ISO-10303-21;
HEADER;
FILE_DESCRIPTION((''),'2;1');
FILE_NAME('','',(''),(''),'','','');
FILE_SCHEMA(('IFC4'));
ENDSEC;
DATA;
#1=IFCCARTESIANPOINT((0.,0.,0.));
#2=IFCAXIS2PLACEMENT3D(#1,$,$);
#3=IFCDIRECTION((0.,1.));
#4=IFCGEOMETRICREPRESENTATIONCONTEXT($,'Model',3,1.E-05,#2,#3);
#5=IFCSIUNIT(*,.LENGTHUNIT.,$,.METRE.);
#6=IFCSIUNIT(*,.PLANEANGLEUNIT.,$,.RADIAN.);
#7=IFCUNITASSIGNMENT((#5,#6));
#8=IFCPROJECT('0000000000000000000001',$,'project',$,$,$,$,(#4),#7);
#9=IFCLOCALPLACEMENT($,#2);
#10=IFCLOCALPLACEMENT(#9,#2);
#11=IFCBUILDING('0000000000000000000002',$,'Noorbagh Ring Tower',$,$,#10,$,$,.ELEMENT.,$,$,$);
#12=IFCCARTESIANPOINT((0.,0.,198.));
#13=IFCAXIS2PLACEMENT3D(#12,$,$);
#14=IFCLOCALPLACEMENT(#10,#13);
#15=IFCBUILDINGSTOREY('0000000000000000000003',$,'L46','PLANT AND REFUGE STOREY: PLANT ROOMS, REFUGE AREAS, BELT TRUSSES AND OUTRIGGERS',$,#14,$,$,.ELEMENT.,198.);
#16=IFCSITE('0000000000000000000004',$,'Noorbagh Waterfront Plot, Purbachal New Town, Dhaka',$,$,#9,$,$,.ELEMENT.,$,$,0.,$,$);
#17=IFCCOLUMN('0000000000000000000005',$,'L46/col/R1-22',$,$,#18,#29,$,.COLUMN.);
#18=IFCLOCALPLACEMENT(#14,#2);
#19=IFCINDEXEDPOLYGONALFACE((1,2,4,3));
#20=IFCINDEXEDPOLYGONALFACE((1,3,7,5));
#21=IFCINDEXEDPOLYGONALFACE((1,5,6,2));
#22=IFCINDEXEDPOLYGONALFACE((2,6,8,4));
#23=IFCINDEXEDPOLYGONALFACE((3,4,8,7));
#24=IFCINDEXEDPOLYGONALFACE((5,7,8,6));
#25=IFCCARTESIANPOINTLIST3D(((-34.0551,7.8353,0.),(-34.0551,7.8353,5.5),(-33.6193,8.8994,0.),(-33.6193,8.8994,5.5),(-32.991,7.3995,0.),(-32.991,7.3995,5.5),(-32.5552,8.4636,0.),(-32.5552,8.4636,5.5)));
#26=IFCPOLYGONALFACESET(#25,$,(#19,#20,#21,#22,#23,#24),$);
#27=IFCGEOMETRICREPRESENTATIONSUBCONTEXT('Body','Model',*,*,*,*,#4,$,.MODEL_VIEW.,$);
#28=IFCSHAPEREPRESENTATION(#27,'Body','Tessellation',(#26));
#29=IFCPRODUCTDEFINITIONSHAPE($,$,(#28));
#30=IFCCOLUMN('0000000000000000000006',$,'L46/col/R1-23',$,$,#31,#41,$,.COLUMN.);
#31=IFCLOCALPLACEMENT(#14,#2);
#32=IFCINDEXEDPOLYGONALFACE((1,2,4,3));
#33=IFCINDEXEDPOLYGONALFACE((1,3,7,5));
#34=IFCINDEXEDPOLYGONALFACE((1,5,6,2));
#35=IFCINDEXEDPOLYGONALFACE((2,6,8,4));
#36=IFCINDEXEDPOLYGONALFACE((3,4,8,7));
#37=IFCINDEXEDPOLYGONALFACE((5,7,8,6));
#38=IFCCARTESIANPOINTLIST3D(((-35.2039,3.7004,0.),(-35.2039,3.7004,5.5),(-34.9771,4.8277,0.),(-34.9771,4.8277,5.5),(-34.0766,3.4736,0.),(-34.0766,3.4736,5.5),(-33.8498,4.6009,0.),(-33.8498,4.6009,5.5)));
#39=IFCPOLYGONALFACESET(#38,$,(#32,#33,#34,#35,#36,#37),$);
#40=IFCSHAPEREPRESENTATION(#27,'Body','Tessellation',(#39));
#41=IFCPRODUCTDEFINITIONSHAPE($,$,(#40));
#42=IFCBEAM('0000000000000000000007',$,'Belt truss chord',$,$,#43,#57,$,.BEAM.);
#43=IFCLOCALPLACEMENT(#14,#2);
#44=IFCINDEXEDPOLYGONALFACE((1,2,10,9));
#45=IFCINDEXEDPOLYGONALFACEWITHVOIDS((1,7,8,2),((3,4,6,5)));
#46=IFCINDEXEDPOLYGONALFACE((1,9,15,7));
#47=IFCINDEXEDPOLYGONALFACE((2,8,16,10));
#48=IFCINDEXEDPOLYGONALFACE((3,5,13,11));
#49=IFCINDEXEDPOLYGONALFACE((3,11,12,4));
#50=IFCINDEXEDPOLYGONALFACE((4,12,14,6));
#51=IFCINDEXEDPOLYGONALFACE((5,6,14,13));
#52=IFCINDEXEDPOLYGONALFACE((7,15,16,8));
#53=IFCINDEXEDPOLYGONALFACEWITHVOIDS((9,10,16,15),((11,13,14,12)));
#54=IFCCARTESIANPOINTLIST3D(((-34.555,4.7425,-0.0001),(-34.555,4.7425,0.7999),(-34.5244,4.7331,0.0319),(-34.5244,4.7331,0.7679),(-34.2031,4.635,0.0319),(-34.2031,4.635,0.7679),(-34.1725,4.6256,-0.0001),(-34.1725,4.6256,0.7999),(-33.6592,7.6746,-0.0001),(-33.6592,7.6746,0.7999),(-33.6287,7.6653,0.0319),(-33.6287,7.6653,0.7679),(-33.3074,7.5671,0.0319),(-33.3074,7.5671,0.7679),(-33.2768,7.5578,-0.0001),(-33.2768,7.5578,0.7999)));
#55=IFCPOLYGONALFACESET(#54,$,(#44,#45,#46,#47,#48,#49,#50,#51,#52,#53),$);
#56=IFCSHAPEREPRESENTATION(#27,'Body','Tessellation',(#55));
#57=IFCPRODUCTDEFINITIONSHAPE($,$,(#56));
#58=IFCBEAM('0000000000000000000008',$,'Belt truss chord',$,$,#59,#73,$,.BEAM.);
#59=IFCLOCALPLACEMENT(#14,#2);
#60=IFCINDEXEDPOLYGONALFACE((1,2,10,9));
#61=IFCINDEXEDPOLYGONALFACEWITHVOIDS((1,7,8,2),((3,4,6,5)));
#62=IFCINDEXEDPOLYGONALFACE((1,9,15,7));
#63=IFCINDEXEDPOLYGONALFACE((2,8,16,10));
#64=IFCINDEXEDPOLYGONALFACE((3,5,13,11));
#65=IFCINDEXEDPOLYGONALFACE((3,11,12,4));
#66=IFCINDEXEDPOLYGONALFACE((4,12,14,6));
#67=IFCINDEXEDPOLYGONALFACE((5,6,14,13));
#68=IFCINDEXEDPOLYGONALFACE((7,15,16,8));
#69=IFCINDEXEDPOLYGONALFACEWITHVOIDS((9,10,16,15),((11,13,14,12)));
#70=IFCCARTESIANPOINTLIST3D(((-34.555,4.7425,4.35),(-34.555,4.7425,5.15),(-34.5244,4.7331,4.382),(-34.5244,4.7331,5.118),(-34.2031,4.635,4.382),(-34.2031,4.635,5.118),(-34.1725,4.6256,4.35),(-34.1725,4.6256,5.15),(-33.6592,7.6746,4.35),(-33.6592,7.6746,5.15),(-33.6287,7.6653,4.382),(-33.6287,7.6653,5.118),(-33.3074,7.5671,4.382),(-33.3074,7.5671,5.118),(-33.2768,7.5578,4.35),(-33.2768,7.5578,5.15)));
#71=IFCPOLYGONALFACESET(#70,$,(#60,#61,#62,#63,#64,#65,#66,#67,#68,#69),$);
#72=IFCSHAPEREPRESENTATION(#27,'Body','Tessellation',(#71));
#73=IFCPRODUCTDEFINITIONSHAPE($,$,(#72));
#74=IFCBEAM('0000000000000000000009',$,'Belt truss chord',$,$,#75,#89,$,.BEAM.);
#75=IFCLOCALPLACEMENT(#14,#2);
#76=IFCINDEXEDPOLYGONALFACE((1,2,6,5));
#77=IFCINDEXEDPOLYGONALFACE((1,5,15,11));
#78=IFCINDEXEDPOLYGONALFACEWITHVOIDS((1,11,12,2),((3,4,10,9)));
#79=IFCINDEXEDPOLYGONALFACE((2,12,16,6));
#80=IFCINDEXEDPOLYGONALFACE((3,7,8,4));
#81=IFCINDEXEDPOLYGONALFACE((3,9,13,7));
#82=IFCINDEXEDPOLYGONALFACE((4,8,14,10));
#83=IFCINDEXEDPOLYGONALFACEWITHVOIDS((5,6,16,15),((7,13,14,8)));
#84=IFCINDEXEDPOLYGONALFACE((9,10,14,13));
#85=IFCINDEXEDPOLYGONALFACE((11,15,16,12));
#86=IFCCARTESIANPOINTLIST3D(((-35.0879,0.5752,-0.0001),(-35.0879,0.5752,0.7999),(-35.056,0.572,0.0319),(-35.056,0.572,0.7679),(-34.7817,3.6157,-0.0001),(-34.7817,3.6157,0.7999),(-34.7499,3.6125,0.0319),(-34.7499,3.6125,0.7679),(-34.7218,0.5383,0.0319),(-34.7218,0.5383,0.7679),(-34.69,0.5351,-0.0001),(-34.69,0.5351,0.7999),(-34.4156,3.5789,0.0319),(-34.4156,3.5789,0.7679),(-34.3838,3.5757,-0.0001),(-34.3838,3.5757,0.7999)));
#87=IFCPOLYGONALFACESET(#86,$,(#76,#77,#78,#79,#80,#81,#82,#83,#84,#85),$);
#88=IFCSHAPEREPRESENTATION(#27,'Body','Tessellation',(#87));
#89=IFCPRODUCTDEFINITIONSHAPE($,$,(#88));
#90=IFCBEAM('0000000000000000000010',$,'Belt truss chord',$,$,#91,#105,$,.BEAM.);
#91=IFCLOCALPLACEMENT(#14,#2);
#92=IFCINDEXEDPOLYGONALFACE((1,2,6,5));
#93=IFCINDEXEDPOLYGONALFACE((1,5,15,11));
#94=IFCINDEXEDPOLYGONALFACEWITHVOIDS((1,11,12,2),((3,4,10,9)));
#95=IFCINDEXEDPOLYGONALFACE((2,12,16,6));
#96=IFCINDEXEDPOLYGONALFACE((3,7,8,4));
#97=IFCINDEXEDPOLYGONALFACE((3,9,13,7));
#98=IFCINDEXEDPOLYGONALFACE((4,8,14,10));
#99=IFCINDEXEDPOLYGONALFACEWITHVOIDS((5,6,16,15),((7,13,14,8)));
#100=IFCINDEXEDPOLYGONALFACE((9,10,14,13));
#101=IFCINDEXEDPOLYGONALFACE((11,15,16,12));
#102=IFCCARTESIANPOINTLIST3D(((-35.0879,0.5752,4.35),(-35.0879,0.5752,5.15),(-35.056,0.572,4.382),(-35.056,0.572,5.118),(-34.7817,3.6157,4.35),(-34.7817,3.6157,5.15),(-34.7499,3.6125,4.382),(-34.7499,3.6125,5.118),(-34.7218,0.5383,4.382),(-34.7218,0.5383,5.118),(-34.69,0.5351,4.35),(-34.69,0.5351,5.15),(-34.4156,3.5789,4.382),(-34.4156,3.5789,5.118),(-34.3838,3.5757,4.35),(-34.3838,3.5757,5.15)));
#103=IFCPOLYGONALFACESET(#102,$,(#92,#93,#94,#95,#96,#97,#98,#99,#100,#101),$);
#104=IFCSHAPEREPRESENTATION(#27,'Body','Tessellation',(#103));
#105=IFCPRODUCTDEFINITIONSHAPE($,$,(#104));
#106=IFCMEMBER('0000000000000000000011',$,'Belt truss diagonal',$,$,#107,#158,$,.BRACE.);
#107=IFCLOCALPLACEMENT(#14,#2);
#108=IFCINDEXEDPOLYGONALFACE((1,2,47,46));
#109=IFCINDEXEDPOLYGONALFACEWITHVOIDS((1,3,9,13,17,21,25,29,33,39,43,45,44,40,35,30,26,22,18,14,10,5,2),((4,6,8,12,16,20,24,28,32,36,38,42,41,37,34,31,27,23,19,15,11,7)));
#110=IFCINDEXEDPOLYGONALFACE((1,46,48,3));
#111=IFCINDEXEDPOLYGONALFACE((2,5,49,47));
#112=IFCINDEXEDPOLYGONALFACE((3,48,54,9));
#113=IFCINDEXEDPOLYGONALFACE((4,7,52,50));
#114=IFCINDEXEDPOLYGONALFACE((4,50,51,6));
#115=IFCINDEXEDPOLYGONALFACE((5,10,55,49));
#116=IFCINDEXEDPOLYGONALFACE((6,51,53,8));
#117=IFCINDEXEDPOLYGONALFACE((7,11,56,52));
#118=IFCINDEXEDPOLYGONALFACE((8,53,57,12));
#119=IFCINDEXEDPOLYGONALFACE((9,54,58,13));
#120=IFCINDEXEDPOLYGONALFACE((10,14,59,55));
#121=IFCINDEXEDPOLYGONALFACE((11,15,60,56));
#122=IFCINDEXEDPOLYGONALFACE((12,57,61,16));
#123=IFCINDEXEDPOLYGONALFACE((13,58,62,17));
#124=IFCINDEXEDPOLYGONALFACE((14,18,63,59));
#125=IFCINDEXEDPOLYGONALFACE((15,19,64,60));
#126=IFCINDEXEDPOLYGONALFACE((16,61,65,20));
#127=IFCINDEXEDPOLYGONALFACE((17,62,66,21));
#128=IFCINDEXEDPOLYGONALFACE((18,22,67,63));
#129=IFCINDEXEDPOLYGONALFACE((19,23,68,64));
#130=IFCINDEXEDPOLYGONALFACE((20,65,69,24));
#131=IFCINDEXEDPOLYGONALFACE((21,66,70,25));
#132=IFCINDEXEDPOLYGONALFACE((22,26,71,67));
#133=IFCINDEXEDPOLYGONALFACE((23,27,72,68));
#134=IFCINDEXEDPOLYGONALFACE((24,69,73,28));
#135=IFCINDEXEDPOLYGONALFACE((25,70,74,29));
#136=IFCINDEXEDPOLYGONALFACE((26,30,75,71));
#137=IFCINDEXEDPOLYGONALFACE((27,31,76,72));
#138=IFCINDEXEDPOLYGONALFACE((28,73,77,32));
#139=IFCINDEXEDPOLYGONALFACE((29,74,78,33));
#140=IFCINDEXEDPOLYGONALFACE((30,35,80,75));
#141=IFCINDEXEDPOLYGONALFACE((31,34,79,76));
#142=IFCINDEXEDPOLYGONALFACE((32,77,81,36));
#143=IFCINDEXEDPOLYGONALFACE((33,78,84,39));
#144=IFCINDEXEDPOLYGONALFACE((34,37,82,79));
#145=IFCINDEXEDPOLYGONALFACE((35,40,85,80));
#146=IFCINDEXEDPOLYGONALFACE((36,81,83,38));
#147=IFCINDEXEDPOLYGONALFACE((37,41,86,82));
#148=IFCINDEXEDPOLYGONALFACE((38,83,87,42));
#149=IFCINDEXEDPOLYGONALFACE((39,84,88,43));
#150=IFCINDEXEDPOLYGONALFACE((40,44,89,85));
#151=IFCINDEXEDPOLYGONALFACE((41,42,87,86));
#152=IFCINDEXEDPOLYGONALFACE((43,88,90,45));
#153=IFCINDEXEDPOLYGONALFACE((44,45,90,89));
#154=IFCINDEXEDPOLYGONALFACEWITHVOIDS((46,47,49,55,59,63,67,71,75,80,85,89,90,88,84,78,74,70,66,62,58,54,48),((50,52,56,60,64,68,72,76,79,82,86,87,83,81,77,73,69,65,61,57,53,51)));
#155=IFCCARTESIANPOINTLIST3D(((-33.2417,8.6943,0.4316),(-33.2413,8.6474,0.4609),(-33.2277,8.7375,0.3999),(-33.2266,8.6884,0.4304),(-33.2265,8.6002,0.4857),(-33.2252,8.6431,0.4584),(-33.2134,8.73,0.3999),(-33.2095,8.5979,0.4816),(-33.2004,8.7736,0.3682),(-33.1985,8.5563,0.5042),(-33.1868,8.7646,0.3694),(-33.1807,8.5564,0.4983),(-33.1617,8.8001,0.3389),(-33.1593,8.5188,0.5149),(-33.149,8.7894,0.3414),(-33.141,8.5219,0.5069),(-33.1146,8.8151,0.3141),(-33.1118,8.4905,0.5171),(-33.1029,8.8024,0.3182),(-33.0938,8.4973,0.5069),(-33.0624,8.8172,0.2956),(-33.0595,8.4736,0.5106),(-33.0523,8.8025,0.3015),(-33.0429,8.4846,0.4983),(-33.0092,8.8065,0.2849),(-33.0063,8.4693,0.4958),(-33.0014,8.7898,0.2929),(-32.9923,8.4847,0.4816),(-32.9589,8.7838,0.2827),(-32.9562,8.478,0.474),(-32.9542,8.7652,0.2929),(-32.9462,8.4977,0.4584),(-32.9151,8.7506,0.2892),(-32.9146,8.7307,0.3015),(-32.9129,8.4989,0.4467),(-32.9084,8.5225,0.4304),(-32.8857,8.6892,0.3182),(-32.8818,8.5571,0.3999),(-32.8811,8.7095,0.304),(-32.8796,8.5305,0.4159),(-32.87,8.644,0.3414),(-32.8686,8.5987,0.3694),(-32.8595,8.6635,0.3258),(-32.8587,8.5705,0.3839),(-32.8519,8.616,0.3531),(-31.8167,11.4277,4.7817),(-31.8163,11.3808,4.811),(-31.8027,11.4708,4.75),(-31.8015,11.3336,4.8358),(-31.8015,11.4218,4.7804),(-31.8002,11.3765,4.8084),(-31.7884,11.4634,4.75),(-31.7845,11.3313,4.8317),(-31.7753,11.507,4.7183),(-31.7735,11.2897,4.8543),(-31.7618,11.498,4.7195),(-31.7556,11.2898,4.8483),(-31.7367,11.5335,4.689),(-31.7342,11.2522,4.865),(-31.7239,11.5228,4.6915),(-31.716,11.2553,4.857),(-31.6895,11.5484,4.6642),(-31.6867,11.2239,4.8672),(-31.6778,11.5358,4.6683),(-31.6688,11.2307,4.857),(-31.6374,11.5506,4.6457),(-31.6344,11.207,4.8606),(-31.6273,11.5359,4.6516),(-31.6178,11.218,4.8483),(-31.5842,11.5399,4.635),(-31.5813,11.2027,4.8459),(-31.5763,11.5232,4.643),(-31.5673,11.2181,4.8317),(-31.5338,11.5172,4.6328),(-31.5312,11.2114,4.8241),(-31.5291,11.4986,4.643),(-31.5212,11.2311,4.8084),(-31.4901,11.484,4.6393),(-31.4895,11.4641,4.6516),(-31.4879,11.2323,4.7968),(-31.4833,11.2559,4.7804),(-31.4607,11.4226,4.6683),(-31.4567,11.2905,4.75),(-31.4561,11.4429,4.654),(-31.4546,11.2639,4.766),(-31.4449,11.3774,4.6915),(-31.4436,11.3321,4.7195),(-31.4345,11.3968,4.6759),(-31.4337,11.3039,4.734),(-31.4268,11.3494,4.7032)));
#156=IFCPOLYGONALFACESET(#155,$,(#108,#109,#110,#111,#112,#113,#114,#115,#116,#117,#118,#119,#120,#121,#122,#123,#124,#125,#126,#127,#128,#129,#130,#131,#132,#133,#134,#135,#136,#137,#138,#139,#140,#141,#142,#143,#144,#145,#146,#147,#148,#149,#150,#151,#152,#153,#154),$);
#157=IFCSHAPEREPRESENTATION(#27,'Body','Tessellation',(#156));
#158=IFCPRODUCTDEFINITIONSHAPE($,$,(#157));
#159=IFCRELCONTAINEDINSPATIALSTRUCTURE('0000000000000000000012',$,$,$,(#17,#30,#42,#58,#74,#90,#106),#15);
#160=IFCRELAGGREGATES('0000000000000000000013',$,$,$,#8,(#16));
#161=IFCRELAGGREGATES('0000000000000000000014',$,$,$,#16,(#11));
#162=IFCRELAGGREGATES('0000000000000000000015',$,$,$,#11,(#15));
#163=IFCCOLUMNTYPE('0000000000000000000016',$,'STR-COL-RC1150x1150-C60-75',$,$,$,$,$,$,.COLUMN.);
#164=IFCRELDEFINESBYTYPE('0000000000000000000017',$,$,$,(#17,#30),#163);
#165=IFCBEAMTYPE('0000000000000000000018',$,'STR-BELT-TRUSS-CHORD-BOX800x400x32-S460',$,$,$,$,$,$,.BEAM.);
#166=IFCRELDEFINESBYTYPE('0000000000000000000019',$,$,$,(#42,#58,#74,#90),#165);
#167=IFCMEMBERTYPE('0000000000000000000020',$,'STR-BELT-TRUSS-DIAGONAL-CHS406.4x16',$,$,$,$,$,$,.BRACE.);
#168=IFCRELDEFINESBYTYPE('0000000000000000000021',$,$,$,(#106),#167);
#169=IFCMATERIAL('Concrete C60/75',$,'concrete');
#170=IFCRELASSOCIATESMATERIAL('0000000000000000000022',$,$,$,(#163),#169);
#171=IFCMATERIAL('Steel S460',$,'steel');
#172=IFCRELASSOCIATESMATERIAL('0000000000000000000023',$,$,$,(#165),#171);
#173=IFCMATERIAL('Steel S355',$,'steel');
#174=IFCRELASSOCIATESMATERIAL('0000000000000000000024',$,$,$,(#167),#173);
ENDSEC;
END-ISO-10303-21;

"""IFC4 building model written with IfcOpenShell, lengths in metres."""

from ifc_helpers import new_model, si_unit, direction, frame, origin, origin_2d, place, context, subcontext, project, spatial, rectangle, hollow_rectangle, hollow_circle, extrude, material, material_profile, profile_set, type_object, element, save


model = new_model("IFC4")

# Units and contexts
model_context = context("Model", 3, precision=1e-05, world=origin(), true_north=direction((0.0, 1.0)))
body_context = subcontext(model_context, "Body", "Model", "MODEL_VIEW")
ifc_project = project(units=[si_unit("LENGTHUNIT", "METRE"), si_unit("PLANEANGLEUNIT", "RADIAN")], contexts=[model_context])

# Site, building, storey
site_placement = place(None, origin())
site = spatial("IfcSite", under=ifc_project, at=site_placement, Name="Noorbagh Waterfront Plot, Purbachal New Town, Dhaka", CompositionType="ELEMENT", RefElevation=0.0)
building_placement = place(site_placement, origin())
building = spatial("IfcBuilding", under=site, at=building_placement, Name="Noorbagh Ring Tower", CompositionType="ELEMENT")
storey_placement = place(building_placement, frame((0.0, 0.0, 198.0)))
storey = spatial("IfcBuildingStorey", under=building, at=storey_placement, Name="L46", Description="PLANT AND REFUGE STOREY: PLANT ROOMS, REFUGE AREAS, BELT TRUSSES AND OUTRIGGERS", CompositionType="ELEMENT", Elevation=198.0)

# Columns
ifc_material_1 = material(Name="Concrete C60/75", Category="concrete")
ifc_material_profile_1 = material_profile(ifc_material_1, rectangle(XDim=1.1499, YDim=1.1499, at=origin_2d()), Name="RC1150x1150")
ifc_profile_set_1 = profile_set([ifc_material_profile_1], Name="Concrete C60/75")
column_type = type_object("IfcColumnType", Name="STR-COL-RC1150x1150-C60-75", PredefinedType="COLUMN", material=ifc_profile_set_1)
for number, where, z_axis, x_axis, name in (
    (1, (-33.3052, 8.1494, 0.0), (0.0, 0.0, 1.0), (-0.378989, -0.925401, 0.0), "L46/col/R1-22"),
    (2, (-34.5269, 4.1506, 0.0), (0.0, 0.0, 1.0), (-0.19723, -0.980357, 0.0), "L46/col/R1-23"),
):
    element("IfcColumn", number, at=place(storey_placement, frame(where, z_axis=z_axis, x_axis=x_axis)), inside=storey, type_object=column_type, Name=name, PredefinedType="COLUMN", context=body_context, shape_type="SweptSolid", body=[
        extrude(rectangle(XDim=1.1499, YDim=1.1499, at=origin_2d()), origin(), (0.0, 0.0, 1.0), 5.5),
    ])

# Beams
ifc_material_2 = material(Name="Steel S460", Category="steel")
ifc_material_profile_2 = material_profile(ifc_material_2, hollow_rectangle(XDim=0.3999, YDim=0.8, WallThickness=0.032, at=origin_2d()), Name="BOX800x400x32")
ifc_profile_set_2 = profile_set([ifc_material_profile_2], Name="Steel S460")
beam_type_1 = type_object("IfcBeamType", Name="STR-BELT-TRUSS-CHORD-BOX800x400x32-S460", PredefinedType="BEAM", material=ifc_profile_set_2)
for number, where, z_axis, x_axis, name in (
    (3, (-33.468, 7.6162, 0.3999), (-0.292166, -0.956368, 0.0), (0.956368, -0.292166, 0.0), "Belt truss chord"),
    (4, (-33.468, 7.6162, 4.75), (-0.292166, -0.956368, 0.0), (0.956368, -0.292166, 0.0), "Belt truss chord"),
):
    element("IfcBeam", number, at=place(storey_placement, frame(where, z_axis=z_axis, x_axis=x_axis)), inside=storey, type_object=beam_type_1, Name=name, PredefinedType="BEAM", context=body_context, shape_type="SweptSolid", body=[
        extrude(hollow_rectangle(XDim=0.3999, YDim=0.8, WallThickness=0.032, at=origin_2d()), origin(), (0.0, 0.0, 1.0), 3.0659),
    ])
for number, where, z_axis, x_axis, name in (
    (5, (-34.5828, 3.5957, 0.3999), (-0.100184, -0.994969, 0.0), (0.994969, -0.100184, 0.0), "Belt truss chord"),
    (6, (-34.5828, 3.5957, 4.75), (-0.100184, -0.994969, 0.0), (0.994969, -0.100184, 0.0), "Belt truss chord"),
):
    element("IfcBeam", number, at=place(storey_placement, frame(where, z_axis=z_axis, x_axis=x_axis)), inside=storey, type_object=beam_type_1, Name=name, PredefinedType="BEAM", context=body_context, shape_type="SweptSolid", body=[
        extrude(hollow_rectangle(XDim=0.3999, YDim=0.8, WallThickness=0.032, at=origin_2d()), origin(), (0.0, 0.0, 1.0), 3.0559),
    ])

# Member
ifc_material_3 = material(Name="Steel S355", Category="steel")
ifc_material_profile_3 = material_profile(ifc_material_3, hollow_circle(Radius=0.2031, WallThickness=0.0161, at=origin_2d()), Name="CHS406.4x16")
ifc_profile_set_3 = profile_set([ifc_material_profile_3], Name="Steel S355")
member_type_1 = type_object("IfcMemberType", Name="STR-BELT-TRUSS-DIAGONAL-CHS406.4x16", PredefinedType="BRACE", material=ifc_profile_set_3)
member_1_placement = place(storey_placement, frame((-33.0476, 8.6436, 0.3999), z_axis=(0.267285, 0.512682, 0.815914), x_axis=(-0.886727, 0.462293, 0.0)))
element("IfcMember", 7, at=member_1_placement, inside=storey, type_object=member_type_1, Name="Belt truss diagonal", PredefinedType="BRACE", context=body_context, shape_type="SweptSolid", body=[
    extrude(hollow_circle(Radius=0.2031, WallThickness=0.0161, at=origin_2d()), origin(), (0.0, 0.0, 1.0), 5.3315),
])

save(model, "model.ifc")
